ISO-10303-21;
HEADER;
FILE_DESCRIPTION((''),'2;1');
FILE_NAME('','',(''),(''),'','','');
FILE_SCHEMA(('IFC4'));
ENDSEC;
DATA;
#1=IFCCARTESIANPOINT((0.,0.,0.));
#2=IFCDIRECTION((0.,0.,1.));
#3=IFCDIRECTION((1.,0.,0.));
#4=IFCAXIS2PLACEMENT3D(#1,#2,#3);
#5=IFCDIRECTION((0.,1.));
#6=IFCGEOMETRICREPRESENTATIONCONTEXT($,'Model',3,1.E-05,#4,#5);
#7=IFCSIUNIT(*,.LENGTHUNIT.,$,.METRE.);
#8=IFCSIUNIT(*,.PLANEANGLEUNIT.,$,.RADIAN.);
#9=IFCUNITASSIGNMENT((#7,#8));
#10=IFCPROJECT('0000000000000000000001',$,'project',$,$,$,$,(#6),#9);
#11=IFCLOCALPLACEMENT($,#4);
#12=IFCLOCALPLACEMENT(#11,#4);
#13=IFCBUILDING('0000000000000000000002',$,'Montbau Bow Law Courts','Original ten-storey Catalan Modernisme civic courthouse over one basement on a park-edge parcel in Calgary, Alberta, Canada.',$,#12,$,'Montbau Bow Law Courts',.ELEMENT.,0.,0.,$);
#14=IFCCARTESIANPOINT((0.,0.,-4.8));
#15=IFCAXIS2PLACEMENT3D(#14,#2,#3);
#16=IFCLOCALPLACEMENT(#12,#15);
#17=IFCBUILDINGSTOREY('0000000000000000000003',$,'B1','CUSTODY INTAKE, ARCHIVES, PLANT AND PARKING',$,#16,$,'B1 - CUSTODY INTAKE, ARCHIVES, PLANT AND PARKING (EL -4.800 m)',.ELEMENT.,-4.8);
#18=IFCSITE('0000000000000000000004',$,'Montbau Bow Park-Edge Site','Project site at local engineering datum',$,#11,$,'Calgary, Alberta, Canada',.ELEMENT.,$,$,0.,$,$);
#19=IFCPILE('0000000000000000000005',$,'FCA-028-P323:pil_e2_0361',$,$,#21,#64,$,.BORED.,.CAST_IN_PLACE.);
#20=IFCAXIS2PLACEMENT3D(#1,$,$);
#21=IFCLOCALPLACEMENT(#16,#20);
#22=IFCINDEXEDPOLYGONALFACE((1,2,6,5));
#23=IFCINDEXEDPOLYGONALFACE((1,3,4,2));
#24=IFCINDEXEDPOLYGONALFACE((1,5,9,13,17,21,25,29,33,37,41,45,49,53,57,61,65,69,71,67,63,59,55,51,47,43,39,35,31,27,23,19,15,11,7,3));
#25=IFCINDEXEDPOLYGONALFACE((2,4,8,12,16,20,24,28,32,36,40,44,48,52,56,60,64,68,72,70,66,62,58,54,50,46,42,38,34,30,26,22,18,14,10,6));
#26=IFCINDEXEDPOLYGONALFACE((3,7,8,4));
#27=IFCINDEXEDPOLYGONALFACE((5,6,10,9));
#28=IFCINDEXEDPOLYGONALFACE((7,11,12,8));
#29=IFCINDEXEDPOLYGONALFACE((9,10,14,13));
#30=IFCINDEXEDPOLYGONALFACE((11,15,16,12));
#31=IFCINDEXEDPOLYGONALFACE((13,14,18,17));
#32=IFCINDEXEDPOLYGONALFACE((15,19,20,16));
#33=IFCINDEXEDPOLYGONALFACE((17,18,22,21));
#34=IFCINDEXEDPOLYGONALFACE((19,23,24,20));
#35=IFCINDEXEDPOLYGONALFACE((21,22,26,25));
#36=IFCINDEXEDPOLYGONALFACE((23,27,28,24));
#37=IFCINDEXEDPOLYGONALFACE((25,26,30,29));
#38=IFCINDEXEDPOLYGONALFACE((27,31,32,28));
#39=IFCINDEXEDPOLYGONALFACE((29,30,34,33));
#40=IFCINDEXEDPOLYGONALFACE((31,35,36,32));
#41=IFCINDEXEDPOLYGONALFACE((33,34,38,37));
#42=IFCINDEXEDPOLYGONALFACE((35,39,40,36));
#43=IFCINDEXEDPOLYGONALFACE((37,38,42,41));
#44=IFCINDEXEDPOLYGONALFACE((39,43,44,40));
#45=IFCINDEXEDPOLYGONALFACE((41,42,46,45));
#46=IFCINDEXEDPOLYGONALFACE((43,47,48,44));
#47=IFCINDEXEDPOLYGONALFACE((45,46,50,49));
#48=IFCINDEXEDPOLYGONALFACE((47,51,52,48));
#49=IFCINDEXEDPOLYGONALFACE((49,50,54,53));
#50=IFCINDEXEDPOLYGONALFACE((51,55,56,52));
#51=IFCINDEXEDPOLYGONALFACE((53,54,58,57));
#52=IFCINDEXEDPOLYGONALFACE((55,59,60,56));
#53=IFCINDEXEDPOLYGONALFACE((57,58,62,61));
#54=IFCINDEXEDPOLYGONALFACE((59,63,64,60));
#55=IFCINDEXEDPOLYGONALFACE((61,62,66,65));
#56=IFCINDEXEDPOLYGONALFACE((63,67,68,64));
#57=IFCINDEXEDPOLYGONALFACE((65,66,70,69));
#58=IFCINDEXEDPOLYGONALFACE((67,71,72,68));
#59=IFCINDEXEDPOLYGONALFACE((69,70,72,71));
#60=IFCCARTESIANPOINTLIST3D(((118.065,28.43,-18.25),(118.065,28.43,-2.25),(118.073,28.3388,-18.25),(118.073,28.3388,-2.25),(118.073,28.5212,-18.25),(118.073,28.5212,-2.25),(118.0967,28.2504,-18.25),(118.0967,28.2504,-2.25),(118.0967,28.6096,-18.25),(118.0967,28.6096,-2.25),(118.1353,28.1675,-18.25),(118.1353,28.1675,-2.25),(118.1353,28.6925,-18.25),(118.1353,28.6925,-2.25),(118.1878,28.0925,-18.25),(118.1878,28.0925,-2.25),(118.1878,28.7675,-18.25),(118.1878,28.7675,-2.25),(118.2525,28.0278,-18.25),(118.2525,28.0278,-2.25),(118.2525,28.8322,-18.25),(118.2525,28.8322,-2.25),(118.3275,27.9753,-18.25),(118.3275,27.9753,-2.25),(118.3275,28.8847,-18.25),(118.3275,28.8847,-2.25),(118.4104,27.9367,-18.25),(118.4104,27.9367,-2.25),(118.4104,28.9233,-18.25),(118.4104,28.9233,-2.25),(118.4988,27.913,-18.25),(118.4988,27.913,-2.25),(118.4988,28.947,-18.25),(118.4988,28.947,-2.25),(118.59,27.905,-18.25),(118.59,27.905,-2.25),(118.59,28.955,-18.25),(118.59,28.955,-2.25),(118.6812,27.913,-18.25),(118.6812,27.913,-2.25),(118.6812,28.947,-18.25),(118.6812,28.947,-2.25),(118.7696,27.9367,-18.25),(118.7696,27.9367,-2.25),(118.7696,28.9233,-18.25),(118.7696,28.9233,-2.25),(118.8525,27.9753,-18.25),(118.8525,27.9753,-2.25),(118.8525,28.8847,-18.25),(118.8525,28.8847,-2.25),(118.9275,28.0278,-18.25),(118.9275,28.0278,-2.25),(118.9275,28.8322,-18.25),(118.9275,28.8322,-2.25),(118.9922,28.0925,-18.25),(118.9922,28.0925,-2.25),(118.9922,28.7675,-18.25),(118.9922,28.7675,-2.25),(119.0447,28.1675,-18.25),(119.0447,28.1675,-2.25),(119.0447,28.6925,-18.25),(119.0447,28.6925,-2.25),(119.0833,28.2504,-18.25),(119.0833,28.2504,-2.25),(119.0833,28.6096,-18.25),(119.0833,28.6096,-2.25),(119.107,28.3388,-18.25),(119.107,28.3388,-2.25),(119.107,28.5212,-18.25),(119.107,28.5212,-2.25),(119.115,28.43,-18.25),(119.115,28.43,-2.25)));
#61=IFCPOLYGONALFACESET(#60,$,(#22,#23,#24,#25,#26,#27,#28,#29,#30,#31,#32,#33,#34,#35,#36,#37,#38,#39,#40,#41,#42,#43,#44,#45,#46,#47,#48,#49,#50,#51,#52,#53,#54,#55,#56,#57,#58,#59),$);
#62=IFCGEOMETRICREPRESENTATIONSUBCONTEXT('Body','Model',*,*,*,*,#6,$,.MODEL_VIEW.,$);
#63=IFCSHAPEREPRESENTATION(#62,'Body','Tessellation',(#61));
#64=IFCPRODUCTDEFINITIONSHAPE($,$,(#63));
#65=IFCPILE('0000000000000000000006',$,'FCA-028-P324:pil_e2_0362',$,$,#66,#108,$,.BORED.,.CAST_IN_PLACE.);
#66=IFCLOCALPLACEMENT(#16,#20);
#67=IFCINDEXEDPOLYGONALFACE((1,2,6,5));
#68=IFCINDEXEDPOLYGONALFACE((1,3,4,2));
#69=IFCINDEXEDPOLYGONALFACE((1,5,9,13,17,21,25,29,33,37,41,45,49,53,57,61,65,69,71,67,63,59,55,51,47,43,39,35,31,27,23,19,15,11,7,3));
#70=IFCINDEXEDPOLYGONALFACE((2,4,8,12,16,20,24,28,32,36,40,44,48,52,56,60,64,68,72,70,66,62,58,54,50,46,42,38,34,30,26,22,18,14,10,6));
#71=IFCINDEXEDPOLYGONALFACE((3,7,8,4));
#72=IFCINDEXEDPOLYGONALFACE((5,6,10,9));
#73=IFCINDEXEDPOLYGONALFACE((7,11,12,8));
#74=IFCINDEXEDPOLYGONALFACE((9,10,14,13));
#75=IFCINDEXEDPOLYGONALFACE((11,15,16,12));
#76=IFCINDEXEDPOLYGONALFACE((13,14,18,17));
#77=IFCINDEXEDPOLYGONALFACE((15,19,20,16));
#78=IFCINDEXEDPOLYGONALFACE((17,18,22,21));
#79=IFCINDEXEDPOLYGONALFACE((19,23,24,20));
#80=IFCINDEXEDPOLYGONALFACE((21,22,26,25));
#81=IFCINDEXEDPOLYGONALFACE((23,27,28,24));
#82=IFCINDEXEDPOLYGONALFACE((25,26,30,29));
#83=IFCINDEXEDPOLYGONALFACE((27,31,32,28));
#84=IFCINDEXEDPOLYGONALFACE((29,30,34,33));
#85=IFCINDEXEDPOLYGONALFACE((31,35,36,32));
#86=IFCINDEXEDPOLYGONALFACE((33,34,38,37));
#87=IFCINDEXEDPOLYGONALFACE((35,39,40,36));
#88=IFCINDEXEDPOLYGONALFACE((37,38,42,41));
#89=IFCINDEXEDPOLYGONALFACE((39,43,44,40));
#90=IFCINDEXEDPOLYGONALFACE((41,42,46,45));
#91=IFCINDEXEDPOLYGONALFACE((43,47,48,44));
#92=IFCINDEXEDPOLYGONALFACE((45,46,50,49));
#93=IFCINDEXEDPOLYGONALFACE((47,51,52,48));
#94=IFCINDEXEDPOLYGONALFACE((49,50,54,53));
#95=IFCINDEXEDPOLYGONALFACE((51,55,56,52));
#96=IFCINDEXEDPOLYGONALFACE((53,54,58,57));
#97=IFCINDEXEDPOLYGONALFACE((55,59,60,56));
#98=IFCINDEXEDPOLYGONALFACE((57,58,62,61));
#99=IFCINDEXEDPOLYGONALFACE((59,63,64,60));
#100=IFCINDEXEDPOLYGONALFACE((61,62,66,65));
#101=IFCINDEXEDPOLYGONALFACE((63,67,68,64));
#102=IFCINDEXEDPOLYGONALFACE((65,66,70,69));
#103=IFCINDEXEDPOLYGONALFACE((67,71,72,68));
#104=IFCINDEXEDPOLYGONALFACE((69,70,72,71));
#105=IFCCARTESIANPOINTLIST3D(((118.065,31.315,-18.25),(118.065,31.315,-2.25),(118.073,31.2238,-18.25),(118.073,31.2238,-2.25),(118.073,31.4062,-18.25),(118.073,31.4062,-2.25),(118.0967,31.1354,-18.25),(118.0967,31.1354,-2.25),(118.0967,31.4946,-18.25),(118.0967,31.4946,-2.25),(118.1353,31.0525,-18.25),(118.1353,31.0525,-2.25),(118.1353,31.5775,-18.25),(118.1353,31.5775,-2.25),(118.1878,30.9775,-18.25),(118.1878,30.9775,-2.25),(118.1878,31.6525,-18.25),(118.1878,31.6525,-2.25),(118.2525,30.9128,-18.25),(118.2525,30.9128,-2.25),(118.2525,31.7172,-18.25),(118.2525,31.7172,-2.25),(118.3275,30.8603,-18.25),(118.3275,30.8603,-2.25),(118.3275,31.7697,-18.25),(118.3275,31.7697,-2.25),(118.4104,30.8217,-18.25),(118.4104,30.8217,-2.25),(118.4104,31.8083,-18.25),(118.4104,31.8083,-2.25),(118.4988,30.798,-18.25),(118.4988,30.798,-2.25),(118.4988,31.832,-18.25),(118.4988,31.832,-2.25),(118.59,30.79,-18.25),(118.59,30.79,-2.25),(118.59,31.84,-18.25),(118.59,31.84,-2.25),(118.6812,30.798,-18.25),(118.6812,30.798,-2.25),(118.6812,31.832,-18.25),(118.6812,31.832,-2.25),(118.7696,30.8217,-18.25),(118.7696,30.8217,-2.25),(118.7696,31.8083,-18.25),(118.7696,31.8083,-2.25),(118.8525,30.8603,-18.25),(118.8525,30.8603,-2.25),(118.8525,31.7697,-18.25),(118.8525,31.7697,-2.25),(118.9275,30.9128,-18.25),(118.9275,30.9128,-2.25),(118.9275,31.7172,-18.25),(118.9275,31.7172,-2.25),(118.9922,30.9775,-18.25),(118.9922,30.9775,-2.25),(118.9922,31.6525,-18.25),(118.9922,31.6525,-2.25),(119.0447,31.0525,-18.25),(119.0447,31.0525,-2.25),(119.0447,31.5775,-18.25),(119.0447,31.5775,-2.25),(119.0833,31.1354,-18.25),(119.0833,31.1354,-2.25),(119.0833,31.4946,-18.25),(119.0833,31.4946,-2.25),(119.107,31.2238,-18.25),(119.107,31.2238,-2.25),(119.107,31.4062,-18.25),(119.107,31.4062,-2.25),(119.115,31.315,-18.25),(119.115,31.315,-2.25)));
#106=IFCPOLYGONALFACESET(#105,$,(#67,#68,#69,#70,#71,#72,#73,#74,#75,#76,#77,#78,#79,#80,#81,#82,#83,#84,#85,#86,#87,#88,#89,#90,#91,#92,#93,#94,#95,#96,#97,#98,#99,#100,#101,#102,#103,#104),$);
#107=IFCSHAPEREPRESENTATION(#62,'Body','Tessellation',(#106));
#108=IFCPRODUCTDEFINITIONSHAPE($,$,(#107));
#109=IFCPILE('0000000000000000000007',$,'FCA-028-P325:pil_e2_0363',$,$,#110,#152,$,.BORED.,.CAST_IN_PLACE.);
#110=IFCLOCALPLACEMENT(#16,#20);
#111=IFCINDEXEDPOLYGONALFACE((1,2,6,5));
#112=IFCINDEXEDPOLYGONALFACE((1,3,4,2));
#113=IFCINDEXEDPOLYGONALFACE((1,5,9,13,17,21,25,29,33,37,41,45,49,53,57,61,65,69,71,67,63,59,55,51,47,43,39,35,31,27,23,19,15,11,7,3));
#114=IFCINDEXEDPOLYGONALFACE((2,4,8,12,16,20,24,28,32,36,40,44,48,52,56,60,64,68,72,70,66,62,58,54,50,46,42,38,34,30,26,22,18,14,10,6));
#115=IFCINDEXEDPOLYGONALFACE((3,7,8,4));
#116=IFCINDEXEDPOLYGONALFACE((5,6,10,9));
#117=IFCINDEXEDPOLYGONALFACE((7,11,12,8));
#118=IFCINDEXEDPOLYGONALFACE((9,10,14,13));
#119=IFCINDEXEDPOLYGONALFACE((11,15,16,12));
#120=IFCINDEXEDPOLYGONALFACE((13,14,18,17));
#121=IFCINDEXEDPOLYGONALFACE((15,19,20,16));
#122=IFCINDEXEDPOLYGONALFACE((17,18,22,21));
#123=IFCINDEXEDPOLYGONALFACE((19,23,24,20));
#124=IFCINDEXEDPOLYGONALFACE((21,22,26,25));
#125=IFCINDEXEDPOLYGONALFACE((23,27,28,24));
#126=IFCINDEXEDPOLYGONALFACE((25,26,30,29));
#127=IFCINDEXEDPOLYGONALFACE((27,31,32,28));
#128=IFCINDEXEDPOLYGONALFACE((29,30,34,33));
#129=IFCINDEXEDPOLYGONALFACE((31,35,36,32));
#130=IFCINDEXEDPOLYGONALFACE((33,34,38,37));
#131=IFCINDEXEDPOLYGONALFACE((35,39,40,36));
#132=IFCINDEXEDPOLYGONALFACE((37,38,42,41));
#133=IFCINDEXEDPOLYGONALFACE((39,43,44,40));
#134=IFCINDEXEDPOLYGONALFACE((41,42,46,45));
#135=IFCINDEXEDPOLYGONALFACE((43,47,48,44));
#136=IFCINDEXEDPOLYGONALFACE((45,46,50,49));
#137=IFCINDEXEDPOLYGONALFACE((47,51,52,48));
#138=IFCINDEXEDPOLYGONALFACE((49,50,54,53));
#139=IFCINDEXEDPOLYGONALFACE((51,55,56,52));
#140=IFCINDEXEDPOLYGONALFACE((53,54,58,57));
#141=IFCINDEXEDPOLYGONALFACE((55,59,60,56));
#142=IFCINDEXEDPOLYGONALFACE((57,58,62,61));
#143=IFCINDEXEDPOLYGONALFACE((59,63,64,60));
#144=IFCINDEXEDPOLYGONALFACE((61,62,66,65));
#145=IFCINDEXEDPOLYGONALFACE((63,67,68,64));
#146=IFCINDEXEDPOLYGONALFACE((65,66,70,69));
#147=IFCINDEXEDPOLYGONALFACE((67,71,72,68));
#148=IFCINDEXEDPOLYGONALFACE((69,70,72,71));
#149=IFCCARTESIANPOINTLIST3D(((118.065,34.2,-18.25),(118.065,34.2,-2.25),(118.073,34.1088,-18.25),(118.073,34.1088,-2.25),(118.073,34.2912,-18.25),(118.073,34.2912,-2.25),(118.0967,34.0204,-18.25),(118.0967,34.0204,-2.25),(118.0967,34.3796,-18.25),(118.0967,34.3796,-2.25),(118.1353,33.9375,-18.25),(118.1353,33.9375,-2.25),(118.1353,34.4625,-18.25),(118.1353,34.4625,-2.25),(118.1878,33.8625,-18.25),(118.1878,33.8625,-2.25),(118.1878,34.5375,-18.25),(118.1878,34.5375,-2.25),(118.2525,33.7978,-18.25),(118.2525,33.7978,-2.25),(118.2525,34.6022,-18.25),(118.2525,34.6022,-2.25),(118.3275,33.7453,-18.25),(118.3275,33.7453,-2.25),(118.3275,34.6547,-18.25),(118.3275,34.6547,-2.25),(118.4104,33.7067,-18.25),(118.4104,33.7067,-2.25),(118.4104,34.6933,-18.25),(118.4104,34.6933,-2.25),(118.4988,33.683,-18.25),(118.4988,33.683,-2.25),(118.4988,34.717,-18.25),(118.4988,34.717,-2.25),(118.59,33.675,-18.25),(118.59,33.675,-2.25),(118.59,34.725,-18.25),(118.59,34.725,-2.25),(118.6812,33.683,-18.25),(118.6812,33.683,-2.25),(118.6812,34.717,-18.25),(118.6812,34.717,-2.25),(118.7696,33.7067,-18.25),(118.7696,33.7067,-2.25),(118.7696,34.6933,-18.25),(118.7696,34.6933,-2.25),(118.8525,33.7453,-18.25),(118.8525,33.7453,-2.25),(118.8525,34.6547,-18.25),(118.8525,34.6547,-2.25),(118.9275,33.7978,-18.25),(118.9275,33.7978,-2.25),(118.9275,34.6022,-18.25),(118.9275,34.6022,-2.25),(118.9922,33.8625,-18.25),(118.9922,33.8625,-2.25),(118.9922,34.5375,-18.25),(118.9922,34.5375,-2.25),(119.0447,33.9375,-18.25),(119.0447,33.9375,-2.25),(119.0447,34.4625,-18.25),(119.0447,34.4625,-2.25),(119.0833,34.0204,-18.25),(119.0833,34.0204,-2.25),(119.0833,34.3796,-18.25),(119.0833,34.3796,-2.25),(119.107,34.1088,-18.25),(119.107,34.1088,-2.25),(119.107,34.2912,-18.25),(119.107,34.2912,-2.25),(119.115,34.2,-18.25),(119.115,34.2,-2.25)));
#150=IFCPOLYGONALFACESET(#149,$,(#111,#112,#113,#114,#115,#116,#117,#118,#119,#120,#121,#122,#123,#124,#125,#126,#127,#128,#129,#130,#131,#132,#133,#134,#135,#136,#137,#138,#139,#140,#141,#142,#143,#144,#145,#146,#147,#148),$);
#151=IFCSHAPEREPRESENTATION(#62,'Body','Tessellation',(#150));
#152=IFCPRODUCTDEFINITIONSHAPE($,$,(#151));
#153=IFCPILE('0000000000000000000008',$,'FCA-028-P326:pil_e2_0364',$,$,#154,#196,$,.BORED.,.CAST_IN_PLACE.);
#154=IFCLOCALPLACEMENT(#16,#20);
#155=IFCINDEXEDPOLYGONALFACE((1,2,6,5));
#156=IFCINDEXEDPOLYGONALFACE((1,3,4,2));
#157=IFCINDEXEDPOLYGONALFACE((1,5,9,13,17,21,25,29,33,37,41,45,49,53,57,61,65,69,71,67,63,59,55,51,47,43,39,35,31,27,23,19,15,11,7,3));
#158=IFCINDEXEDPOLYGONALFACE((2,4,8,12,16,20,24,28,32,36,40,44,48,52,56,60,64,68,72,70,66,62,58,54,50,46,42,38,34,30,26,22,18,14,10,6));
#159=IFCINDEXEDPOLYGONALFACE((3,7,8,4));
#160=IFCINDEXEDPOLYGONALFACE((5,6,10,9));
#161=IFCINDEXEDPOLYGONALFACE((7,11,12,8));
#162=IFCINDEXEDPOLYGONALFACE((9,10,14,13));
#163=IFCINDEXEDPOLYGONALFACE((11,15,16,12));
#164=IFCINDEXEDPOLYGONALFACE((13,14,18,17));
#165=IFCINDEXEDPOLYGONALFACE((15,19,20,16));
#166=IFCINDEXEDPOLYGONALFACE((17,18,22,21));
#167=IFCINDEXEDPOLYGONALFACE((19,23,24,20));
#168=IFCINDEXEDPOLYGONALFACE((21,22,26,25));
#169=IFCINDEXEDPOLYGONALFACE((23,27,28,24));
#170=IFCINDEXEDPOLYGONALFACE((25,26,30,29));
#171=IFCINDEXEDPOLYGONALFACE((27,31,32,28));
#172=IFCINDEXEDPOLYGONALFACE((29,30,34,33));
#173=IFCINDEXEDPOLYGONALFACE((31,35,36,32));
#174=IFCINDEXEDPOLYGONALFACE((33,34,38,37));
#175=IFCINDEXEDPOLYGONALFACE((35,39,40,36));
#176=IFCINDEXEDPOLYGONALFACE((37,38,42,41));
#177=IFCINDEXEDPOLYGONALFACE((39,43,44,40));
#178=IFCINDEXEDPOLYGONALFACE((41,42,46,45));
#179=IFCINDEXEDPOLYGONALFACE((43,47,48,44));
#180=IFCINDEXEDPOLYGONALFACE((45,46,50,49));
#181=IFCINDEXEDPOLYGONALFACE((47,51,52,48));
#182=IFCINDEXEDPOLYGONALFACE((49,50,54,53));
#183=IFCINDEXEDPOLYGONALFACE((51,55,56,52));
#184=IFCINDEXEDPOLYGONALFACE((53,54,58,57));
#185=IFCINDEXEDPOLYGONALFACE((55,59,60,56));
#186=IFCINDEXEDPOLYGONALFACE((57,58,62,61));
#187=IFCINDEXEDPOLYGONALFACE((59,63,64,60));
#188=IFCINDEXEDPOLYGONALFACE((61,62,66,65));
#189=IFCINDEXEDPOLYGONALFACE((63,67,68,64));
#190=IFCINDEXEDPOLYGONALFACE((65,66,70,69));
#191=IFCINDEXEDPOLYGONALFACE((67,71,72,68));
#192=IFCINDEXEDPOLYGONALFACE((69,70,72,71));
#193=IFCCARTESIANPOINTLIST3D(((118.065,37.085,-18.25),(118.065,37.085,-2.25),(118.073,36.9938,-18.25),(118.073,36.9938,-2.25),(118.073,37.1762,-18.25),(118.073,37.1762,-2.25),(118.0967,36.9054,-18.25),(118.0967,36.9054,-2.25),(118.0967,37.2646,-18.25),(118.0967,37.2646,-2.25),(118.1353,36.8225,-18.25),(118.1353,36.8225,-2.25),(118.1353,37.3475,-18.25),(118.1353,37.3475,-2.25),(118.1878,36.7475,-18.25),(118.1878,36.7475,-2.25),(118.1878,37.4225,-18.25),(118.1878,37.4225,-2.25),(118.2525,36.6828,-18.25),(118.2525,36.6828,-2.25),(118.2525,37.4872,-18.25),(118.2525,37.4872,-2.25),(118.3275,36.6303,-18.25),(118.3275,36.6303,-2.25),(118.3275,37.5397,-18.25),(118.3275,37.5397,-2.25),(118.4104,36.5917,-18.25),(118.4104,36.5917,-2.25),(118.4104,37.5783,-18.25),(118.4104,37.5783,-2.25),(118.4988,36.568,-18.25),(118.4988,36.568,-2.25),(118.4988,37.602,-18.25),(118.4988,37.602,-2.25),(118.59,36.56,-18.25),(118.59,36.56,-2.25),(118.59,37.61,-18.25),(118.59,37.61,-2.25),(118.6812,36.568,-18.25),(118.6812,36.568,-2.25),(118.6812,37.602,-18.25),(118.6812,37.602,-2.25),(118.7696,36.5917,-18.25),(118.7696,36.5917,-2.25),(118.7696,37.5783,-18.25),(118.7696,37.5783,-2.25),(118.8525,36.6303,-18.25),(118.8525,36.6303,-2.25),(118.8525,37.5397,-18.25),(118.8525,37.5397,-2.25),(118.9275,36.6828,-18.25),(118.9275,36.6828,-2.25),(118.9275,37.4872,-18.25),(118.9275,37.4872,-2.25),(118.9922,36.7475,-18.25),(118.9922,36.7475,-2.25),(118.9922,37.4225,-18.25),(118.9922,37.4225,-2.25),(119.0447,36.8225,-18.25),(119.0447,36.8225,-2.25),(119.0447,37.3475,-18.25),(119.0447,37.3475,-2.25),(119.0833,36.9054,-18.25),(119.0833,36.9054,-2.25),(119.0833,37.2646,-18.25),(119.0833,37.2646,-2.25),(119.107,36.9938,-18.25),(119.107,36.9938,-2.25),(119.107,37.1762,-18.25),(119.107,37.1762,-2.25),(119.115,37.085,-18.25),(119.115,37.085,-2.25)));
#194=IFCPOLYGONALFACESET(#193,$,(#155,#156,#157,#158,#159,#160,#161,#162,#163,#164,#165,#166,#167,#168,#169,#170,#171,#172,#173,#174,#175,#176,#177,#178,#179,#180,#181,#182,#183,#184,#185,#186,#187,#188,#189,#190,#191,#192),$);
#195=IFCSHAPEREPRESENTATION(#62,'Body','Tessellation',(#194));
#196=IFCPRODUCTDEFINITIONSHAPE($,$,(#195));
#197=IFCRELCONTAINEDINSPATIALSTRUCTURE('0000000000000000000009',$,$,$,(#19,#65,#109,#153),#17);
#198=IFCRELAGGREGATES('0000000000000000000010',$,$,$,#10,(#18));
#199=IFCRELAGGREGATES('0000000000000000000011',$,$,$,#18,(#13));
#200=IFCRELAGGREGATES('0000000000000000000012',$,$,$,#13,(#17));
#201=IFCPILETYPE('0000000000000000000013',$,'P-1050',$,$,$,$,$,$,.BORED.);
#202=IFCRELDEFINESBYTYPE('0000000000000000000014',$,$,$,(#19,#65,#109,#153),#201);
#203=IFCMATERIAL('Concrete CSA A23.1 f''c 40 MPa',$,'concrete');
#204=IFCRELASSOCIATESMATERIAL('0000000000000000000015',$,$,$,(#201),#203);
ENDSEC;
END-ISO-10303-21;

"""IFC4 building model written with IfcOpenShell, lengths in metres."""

from ifc_helpers import new_model, si_unit, direction, frame, origin_with_axes, origin_2d_with_axis, place, context, subcontext, project, spatial, circle, extrude, material, material_profile, profile_set, type_object, element, save


model = new_model("IFC4")

# Units and contexts
model_context = context("Model", 3, precision=1e-05, world=origin_with_axes(), true_north=direction((0.0, 1.0)))
body_context = subcontext(model_context, "Body", "Model", "MODEL_VIEW")
ifc_project = project(units=[si_unit("LENGTHUNIT", "METRE"), si_unit("PLANEANGLEUNIT", "RADIAN")], contexts=[model_context])

# Site, building, storey
site_placement = place(None, origin_with_axes())
site = spatial("IfcSite", under=ifc_project, at=site_placement, Name="Montbau Bow Park-Edge Site", Description="Project site at local engineering datum", LongName="Calgary, Alberta, Canada", CompositionType="ELEMENT", RefElevation=0.0)
building_placement = place(site_placement, origin_with_axes())
building = spatial("IfcBuilding", under=site, at=building_placement, Name="Montbau Bow Law Courts", Description="Original ten-storey Catalan Modernisme civic courthouse over one basement on a park-edge parcel in Calgary, Alberta, Canada.", LongName="Montbau Bow Law Courts", CompositionType="ELEMENT", ElevationOfRefHeight=0.0, ElevationOfTerrain=0.0)
storey_placement = place(building_placement, frame((0.0, 0.0, -4.8), z_axis=(0.0, 0.0, 1.0), x_axis=(1.0, 0.0, 0.0)))
storey = spatial("IfcBuildingStorey", under=building, at=storey_placement, Name="B1", Description="CUSTODY INTAKE, ARCHIVES, PLANT AND PARKING", LongName="B1 - CUSTODY INTAKE, ARCHIVES, PLANT AND PARKING (EL -4.800 m)", CompositionType="ELEMENT", Elevation=-4.8)

# Piles
ifc_material = material(Name="Concrete CSA A23.1 f'c 40 MPa", Category="concrete")
ifc_material_profile_1 = material_profile(ifc_material, circle(Radius=0.525, at=origin_2d_with_axis()), Name="BP1050", Category="Main", Priority=0)
ifc_profile_set_1 = profile_set([ifc_material_profile_1], Name="Concrete CSA A23.1 f'c 40 MPa")
pile_type_1 = type_object("IfcPileType", Name="P-1050", PredefinedType="BORED", material=ifc_profile_set_1)
for number, where, z_axis, x_axis, name in (
    (1, (118.59, 28.43, -23.05), (0.0, 0.0, 1.0), (1.0, 0.0, 0.0), "FCA-028-P323:pil_e2_0361"),
    (2, (118.59, 31.315, -23.05), (0.0, 0.0, 1.0), (1.0, 0.0, 0.0), "FCA-028-P324:pil_e2_0362"),
    (3, (118.59, 34.2, -23.05), (0.0, 0.0, 1.0), (1.0, 0.0, 0.0), "FCA-028-P325:pil_e2_0363"),
    (4, (118.59, 37.085, -23.05), (0.0, 0.0, 1.0), (1.0, 0.0, 0.0), "FCA-028-P326:pil_e2_0364"),
):
    element("IfcPile", number, at=place(None, frame(where, z_axis=z_axis, x_axis=x_axis)), inside=storey, type_object=pile_type_1, Name=name, ConstructionType="CAST_IN_PLACE", PredefinedType="BORED", context=body_context, shape_type="SweptSolid", body=[
        extrude(circle(Radius=0.525, at=origin_2d_with_axis()), origin_with_axes(), (0.0, 0.0, 1.0), 16.0),
    ])

save(model, "model.ifc")
